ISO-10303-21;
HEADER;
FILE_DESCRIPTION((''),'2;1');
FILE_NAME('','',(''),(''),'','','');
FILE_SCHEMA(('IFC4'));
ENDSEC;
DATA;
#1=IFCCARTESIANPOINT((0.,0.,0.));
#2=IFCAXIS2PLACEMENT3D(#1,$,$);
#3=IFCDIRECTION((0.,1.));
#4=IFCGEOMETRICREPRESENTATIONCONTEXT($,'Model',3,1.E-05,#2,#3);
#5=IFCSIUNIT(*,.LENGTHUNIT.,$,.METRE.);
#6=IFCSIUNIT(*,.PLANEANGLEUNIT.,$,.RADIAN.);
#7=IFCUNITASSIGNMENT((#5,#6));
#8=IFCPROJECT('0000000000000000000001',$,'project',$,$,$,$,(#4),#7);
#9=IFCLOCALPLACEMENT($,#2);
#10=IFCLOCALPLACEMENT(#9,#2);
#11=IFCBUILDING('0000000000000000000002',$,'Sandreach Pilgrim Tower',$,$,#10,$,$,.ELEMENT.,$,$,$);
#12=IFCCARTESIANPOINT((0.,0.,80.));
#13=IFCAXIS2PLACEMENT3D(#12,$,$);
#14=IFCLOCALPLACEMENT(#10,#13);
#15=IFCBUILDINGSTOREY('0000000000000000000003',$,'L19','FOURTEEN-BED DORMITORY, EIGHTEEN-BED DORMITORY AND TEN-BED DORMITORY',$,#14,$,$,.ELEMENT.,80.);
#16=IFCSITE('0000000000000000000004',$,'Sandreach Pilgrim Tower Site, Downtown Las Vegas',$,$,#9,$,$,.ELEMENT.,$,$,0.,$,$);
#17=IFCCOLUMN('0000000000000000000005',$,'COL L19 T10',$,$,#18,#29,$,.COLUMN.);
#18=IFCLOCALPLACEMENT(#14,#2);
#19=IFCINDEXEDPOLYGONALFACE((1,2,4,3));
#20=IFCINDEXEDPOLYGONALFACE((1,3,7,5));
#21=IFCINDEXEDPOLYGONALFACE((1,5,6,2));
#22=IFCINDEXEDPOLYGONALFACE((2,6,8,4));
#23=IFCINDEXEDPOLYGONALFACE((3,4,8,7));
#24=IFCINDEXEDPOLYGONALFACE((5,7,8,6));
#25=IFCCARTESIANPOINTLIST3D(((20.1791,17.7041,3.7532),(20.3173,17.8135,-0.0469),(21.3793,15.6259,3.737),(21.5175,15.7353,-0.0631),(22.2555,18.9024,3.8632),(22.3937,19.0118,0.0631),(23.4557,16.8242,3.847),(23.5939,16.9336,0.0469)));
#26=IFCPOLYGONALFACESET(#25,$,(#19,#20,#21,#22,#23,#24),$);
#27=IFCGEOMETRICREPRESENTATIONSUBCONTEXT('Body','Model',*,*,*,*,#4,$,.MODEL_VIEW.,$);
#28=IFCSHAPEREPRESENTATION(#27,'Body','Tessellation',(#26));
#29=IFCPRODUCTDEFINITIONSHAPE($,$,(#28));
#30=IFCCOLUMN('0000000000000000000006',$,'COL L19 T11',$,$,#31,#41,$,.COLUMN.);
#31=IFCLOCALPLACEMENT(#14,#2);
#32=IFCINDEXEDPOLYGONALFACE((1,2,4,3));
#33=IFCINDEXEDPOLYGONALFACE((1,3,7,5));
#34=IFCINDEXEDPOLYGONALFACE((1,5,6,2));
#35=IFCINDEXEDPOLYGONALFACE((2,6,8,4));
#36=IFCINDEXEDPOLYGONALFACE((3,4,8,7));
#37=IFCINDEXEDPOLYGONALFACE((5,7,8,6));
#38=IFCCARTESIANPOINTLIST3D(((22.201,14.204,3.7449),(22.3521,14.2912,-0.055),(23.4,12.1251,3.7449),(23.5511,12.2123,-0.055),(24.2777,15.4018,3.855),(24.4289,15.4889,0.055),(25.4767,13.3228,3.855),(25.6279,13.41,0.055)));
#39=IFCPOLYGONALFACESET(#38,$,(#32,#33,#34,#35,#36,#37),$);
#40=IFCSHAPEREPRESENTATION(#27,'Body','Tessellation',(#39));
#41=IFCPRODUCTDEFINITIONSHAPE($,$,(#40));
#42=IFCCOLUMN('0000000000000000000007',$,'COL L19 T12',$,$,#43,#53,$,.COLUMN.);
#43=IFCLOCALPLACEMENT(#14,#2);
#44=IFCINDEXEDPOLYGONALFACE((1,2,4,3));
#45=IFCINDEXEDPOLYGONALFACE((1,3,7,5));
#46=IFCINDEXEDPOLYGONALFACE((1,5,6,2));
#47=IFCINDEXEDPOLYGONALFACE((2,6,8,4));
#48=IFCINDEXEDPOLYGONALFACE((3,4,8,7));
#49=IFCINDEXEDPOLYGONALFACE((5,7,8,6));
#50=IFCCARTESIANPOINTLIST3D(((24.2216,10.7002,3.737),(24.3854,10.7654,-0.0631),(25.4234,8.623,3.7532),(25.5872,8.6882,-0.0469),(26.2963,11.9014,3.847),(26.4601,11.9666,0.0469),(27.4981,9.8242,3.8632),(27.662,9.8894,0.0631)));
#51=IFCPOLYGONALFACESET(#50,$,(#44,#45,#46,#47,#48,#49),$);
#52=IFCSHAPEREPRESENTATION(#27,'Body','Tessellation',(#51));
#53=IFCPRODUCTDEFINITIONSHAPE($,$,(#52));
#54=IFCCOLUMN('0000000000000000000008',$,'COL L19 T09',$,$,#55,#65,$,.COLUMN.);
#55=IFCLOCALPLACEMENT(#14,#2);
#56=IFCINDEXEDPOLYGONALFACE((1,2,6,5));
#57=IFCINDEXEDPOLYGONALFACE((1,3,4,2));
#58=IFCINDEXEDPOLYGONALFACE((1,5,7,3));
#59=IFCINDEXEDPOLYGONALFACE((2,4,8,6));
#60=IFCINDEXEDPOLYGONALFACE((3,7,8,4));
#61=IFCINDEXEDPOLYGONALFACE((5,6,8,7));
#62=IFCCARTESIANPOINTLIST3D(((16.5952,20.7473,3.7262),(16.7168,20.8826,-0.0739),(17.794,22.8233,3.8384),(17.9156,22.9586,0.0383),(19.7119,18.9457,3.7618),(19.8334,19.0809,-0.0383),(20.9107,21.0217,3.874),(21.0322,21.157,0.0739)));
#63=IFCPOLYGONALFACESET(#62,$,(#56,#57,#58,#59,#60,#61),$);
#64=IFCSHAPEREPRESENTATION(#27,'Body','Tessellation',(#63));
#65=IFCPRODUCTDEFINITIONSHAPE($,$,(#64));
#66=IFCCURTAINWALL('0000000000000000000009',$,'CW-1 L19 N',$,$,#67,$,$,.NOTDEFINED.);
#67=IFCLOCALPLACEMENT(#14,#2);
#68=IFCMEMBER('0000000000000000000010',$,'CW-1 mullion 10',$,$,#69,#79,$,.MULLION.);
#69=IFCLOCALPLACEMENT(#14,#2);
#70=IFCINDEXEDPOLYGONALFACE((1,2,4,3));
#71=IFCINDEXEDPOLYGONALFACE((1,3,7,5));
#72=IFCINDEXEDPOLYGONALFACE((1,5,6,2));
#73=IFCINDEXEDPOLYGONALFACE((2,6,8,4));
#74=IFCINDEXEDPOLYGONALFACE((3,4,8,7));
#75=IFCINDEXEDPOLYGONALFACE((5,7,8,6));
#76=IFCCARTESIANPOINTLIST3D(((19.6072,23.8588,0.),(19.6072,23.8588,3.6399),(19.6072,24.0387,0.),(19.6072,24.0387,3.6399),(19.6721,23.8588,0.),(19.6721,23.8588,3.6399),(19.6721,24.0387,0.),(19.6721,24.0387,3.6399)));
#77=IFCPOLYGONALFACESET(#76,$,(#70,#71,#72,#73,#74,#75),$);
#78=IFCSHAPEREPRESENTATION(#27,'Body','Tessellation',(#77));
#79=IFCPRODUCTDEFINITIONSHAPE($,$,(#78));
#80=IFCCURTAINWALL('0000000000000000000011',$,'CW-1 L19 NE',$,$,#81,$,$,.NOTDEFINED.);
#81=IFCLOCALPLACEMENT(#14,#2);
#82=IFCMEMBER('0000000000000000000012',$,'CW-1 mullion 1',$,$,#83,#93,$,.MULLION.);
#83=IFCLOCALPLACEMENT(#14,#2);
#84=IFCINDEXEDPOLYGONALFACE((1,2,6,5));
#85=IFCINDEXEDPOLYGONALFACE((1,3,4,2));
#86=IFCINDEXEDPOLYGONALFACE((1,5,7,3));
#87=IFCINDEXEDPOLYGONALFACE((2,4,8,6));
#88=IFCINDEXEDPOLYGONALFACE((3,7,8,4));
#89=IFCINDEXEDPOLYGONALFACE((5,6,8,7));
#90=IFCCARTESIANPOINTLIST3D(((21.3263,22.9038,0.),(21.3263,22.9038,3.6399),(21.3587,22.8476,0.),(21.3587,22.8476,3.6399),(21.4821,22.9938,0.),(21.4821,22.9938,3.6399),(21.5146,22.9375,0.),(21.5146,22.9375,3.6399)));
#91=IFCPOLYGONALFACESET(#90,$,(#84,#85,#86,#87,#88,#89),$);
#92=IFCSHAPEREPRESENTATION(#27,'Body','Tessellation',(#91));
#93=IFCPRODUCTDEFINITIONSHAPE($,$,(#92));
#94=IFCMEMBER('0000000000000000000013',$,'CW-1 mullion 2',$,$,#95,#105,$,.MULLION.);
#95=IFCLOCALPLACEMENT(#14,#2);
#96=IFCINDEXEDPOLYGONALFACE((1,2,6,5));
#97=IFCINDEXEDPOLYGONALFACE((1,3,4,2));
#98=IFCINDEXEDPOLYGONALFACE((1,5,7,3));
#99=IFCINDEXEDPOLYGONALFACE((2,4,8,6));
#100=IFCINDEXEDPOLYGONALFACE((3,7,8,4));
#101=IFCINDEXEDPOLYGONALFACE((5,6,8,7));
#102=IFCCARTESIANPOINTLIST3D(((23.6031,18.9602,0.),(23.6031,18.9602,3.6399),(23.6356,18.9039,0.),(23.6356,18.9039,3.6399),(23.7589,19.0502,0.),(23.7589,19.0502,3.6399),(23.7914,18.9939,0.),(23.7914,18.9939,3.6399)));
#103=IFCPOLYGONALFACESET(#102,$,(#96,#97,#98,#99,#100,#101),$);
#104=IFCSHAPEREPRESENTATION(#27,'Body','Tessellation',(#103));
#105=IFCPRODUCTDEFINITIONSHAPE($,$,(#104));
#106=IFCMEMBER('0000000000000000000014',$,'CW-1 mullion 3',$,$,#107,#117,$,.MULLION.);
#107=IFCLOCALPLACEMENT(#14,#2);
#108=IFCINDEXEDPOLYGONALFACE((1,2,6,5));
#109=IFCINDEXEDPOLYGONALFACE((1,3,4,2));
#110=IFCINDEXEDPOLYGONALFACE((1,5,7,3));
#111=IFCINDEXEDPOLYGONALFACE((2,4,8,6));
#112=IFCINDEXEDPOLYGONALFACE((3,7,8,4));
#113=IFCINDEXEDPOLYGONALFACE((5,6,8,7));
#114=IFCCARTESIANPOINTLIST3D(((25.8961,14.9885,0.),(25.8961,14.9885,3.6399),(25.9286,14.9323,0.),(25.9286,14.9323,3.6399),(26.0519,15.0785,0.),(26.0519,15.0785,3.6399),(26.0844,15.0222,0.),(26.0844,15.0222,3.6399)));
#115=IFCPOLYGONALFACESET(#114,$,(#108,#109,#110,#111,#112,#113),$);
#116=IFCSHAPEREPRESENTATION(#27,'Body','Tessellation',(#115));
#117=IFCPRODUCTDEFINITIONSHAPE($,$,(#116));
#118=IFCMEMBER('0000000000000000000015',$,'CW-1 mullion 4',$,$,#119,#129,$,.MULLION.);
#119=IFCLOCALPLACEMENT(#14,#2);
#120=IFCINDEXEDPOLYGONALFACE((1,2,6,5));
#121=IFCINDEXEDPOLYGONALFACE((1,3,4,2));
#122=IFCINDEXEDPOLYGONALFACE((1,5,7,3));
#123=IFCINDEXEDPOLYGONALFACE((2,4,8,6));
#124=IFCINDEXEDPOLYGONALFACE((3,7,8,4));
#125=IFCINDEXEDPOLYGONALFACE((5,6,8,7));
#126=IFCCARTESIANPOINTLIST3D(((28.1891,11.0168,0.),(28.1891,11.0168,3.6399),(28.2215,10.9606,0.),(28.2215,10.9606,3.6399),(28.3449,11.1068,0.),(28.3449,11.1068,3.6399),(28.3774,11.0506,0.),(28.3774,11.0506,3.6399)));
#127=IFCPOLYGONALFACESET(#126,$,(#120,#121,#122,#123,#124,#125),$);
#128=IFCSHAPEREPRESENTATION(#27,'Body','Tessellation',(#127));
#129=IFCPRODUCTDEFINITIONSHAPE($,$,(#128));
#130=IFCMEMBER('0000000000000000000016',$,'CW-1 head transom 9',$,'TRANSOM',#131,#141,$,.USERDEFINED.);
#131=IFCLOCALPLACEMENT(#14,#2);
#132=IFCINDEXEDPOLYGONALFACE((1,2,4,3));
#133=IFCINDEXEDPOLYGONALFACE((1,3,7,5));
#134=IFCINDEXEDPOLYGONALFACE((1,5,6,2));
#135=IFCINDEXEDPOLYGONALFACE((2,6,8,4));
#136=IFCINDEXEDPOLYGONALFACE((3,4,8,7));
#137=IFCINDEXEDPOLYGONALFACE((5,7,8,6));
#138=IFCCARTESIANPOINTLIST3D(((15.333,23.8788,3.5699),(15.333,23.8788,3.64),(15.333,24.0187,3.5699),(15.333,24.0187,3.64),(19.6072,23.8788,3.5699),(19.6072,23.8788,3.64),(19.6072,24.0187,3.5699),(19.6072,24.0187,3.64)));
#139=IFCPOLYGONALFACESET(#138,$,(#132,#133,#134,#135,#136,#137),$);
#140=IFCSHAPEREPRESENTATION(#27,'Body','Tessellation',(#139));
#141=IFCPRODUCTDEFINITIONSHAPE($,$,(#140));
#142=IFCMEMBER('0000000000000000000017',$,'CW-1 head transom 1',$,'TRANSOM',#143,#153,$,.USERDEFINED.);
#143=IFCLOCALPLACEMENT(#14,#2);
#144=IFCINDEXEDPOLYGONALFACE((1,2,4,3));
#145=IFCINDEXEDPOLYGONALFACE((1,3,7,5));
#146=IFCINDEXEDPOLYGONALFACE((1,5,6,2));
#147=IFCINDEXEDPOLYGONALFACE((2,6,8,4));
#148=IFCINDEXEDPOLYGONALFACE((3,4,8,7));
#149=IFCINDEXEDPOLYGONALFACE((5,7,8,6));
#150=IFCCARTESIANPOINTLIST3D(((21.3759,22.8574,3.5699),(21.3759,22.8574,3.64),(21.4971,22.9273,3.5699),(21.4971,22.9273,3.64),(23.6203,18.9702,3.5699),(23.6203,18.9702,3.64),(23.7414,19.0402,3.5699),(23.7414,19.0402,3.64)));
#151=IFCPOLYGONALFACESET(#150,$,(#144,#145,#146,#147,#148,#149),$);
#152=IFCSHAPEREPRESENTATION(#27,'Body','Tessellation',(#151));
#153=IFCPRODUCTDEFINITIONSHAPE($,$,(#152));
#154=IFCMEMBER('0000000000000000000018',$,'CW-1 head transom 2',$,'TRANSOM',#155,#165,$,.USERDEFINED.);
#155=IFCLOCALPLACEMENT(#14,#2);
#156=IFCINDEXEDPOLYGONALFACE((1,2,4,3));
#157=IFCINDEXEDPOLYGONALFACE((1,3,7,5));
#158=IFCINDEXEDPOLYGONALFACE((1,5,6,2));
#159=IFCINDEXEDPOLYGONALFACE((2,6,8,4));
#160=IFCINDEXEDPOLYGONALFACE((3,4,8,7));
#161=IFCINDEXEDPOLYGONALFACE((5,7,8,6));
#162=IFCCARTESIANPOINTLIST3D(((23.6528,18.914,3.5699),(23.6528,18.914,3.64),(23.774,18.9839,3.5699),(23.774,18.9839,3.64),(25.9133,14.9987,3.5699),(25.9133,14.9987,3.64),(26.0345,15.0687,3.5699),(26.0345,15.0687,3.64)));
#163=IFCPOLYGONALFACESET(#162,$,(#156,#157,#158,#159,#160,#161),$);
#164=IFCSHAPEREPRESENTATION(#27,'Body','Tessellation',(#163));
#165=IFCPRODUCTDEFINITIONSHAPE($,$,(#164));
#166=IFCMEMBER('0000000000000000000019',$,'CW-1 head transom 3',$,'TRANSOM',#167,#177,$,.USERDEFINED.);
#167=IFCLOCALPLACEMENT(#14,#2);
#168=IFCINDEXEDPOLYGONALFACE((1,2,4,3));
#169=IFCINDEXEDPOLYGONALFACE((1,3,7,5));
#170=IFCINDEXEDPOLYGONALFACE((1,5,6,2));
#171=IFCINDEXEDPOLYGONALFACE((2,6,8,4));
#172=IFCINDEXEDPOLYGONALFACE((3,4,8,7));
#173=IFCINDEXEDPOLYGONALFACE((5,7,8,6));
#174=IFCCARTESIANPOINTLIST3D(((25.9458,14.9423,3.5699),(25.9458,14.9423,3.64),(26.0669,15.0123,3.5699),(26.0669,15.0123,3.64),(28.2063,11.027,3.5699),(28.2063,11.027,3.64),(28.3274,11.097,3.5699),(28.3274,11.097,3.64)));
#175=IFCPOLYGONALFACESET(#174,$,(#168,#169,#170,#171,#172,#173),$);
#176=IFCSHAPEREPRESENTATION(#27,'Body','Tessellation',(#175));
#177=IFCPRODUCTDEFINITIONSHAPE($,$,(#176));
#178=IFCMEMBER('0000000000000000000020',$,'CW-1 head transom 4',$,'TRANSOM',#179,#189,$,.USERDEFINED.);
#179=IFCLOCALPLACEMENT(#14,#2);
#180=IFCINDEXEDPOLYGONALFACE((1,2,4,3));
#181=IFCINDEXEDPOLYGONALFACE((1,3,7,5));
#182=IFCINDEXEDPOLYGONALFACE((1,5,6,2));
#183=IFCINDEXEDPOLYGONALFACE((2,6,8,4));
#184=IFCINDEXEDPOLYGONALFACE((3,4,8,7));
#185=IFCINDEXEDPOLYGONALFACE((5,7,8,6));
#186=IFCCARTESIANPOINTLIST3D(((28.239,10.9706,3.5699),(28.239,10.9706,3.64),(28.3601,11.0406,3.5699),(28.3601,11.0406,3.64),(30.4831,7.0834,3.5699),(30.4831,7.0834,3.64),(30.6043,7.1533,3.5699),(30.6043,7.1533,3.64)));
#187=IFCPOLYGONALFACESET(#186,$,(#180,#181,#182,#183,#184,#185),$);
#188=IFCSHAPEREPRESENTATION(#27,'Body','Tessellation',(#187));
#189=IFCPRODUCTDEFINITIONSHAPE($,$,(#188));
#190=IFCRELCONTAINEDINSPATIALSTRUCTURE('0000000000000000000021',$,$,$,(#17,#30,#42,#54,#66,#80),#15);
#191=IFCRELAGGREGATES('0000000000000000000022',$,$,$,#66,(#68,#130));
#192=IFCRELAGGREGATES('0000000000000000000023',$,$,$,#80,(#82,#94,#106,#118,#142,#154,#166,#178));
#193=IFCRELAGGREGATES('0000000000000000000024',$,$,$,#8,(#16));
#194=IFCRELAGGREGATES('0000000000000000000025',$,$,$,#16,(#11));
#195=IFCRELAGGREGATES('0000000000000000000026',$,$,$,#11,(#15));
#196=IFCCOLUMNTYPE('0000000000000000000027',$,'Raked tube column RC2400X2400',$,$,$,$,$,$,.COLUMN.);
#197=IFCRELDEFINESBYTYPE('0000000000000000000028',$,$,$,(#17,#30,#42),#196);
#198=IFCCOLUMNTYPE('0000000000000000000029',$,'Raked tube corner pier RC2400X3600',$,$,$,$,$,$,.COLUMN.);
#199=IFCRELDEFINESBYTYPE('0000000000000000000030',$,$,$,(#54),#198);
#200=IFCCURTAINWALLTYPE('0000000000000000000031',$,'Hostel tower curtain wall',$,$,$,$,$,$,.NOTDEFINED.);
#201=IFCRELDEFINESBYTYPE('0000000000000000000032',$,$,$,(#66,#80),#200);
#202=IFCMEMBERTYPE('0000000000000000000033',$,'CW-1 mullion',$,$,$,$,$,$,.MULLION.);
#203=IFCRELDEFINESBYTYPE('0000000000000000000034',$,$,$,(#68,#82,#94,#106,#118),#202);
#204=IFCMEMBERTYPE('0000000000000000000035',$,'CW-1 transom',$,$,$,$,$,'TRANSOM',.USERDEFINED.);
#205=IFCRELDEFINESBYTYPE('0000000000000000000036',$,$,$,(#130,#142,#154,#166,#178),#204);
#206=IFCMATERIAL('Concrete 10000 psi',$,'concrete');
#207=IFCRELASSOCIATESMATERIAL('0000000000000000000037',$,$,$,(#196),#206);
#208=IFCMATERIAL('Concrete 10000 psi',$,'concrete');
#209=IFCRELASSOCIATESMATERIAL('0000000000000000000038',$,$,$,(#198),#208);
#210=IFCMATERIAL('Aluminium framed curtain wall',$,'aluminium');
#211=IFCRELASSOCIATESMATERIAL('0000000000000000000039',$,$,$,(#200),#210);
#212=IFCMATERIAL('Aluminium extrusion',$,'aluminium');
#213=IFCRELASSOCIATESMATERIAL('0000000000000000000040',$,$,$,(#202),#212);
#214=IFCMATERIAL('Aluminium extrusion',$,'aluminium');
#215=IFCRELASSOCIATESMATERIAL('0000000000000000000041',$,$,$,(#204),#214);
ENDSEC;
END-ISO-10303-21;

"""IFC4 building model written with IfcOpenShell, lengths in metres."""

from ifc_helpers import new_model, si_unit, direction, frame, origin, origin_2d, place, context, subcontext, project, spatial, rectangle, extrude, material, material_profile, profile_set, type_object, element, aggregate, save


model = new_model("IFC4")

# Units and contexts
model_context = context("Model", 3, precision=1e-05, world=origin(), true_north=direction((0.0, 1.0)))
body_context = subcontext(model_context, "Body", "Model", "MODEL_VIEW")
ifc_project = project(units=[si_unit("LENGTHUNIT", "METRE"), si_unit("PLANEANGLEUNIT", "RADIAN")], contexts=[model_context])

# Site, building, storey
site_placement = place(None, origin())
site = spatial("IfcSite", under=ifc_project, at=site_placement, Name="Sandreach Pilgrim Tower Site, Downtown Las Vegas", CompositionType="ELEMENT", RefElevation=0.0)
building_placement = place(site_placement, origin())
building = spatial("IfcBuilding", under=site, at=building_placement, Name="Sandreach Pilgrim Tower", CompositionType="ELEMENT")
storey_placement = place(building_placement, frame((0.0, 0.0, 80.0)))
storey = spatial("IfcBuildingStorey", under=building, at=storey_placement, Name="L19", Description="FOURTEEN-BED DORMITORY, EIGHTEEN-BED DORMITORY AND TEN-BED DORMITORY", CompositionType="ELEMENT", Elevation=80.0)

# Columns
ifc_material_1 = material(Name="Concrete 10000 psi", Category="concrete")
ifc_material_profile_1 = material_profile(ifc_material_1, rectangle(XDim=2.3999, YDim=2.3999, at=origin_2d()), Name="RC2400X2400")
ifc_profile_set_1 = profile_set([ifc_material_profile_1], Name="Concrete 10000 psi")
column_type_1 = type_object("IfcColumnType", Name="Raked tube column RC2400X2400", PredefinedType="COLUMN", material=ifc_profile_set_1)
column_1_placement = place(storey_placement, frame((21.9556, 17.3735, 0.0), z_axis=(-0.036325, -0.028752, 0.998926), x_axis=(0.865203, 0.499322, 0.045834)))
element("IfcColumn", 1, at=column_1_placement, inside=storey, type_object=column_type_1, Name="COL L19 T10", PredefinedType="COLUMN", context=body_context, shape_type="SweptSolid", body=[
    extrude(rectangle(XDim=2.3999, YDim=2.3999, at=origin_2d()), origin(), (0.0, 0.0, 1.0), 3.8042),
])
column_2_placement = place(storey_placement, frame((23.99, 13.8506, 0.0), z_axis=(-0.039727, -0.022912, 0.998948), x_axis=(0.865344, 0.499076, 0.04586)))
element("IfcColumn", 2, at=column_2_placement, inside=storey, type_object=column_type_1, Name="COL L19 T11", PredefinedType="COLUMN", context=body_context, shape_type="SweptSolid", body=[
    extrude(rectangle(XDim=2.3999, YDim=2.3999, at=origin_2d()), origin(), (0.0, 0.0, 1.0), 3.804),
])
column_3_placement = place(storey_placement, frame((26.0237, 10.3274, 0.0), z_axis=(-0.043063, -0.017135, 0.998925), x_axis=(0.864498, 0.500541, 0.045854)))
element("IfcColumn", 3, at=column_3_placement, inside=storey, type_object=column_type_1, Name="COL L19 T12", PredefinedType="COLUMN", context=body_context, shape_type="SweptSolid", body=[
    extrude(rectangle(XDim=2.3999, YDim=2.3999, at=origin_2d()), origin(), (0.0, 0.0, 1.0), 3.8042),
])
ifc_material_2 = material(Name="Concrete 10000 psi", Category="concrete")
ifc_material_profile_2 = material_profile(ifc_material_2, rectangle(XDim=2.3999, YDim=3.6001, at=origin_2d()), Name="RC2400X3600")
ifc_profile_set_2 = profile_set([ifc_material_profile_2], Name="Concrete 10000 psi")
column_type_2 = type_object("IfcColumnType", Name="Raked tube corner pier RC2400X3600", PredefinedType="COLUMN", material=ifc_profile_set_2)
column_4_placement = place(storey_placement, frame((18.8745, 21.0198, 0.0), z_axis=(-0.031958, -0.035552, 0.998857), x_axis=(0.49952, 0.865039, 0.046771)))
element("IfcColumn", 4, at=column_4_placement, inside=storey, type_object=column_type_2, Name="COL L19 T09", PredefinedType="COLUMN", context=body_context, shape_type="SweptSolid", body=[
    extrude(rectangle(XDim=2.3999, YDim=3.6001, at=origin_2d()), origin(), (0.0, 0.0, 1.0), 3.8044),
])

# Curtain wall, member
ifc_material_3 = material(Name="Aluminium framed curtain wall", Category="aluminium")
curtain_wall_type = type_object("IfcCurtainWallType", Name="Hostel tower curtain wall", PredefinedType="NOTDEFINED", material=ifc_material_3)
curtain_wall_1_placement = place(storey_placement, origin())
curtain_wall_1 = element("IfcCurtainWall", 5, at=curtain_wall_1_placement, inside=storey, type_object=curtain_wall_type, Name="CW-1 L19 N", PredefinedType="NOTDEFINED")
ifc_material_4 = material(Name="Aluminium extrusion", Category="aluminium")
ifc_material_profile_3 = material_profile(ifc_material_4, rectangle(XDim=0.0649, YDim=0.1799, at=origin_2d()), Name="CW-1M 65X180")
ifc_profile_set_3 = profile_set([ifc_material_profile_3], Name="Aluminium extrusion")
member_type_1 = type_object("IfcMemberType", Name="CW-1 mullion", PredefinedType="MULLION", material=ifc_profile_set_3)
member_1_placement = place(storey_placement, frame((19.6396, 23.9487, 0.0), z_axis=(0.0, 0.0, 1.0), x_axis=(1.0, 0.0, 0.0)))
member_1 = element("IfcMember", 6, at=member_1_placement, type_object=member_type_1, Name="CW-1 mullion 10", PredefinedType="MULLION", context=body_context, shape_type="SweptSolid", body=[
    extrude(rectangle(XDim=0.0649, YDim=0.1799, at=origin_2d()), origin(), (0.0, 0.0, 1.0), 3.6399),
])

# Curtain wall, members
curtain_wall_2_placement = place(storey_placement, origin())
curtain_wall_2 = element("IfcCurtainWall", 7, at=curtain_wall_2_placement, inside=storey, type_object=curtain_wall_type, Name="CW-1 L19 NE", PredefinedType="NOTDEFINED")
member_2_placement = place(storey_placement, frame((21.4204, 22.9207, 0.0), z_axis=(0.0, 0.0, 1.0), x_axis=(0.5, -0.866025, 0.0)))
member_2 = element("IfcMember", 8, at=member_2_placement, type_object=member_type_1, Name="CW-1 mullion 1", PredefinedType="MULLION", context=body_context, shape_type="SweptSolid", body=[
    extrude(rectangle(XDim=0.0649, YDim=0.1799, at=origin_2d()), origin(), (0.0, 0.0, 1.0), 3.6399),
])
member_3_placement = place(storey_placement, frame((23.6973, 18.9771, 0.0), z_axis=(0.0, 0.0, 1.0), x_axis=(0.5, -0.866025, 0.0)))
member_3 = element("IfcMember", 9, at=member_3_placement, type_object=member_type_1, Name="CW-1 mullion 2", PredefinedType="MULLION", context=body_context, shape_type="SweptSolid", body=[
    extrude(rectangle(XDim=0.0649, YDim=0.1799, at=origin_2d()), origin(), (0.0, 0.0, 1.0), 3.6399),
])
member_4_placement = place(storey_placement, frame((25.9902, 15.0054, 0.0), z_axis=(0.0, 0.0, 1.0), x_axis=(0.5, -0.866025, 0.0)))
member_4 = element("IfcMember", 10, at=member_4_placement, type_object=member_type_1, Name="CW-1 mullion 3", PredefinedType="MULLION", context=body_context, shape_type="SweptSolid", body=[
    extrude(rectangle(XDim=0.0649, YDim=0.1799, at=origin_2d()), origin(), (0.0, 0.0, 1.0), 3.6399),
])
member_5_placement = place(storey_placement, frame((28.2832, 11.0337, 0.0), z_axis=(0.0, 0.0, 1.0), x_axis=(0.5, -0.866025, 0.0)))
member_5 = element("IfcMember", 11, at=member_5_placement, type_object=member_type_1, Name="CW-1 mullion 4", PredefinedType="MULLION", context=body_context, shape_type="SweptSolid", body=[
    extrude(rectangle(XDim=0.0649, YDim=0.1799, at=origin_2d()), origin(), (0.0, 0.0, 1.0), 3.6399),
])

# Members
ifc_material_5 = material(Name="Aluminium extrusion", Category="aluminium")
ifc_material_profile_4 = material_profile(ifc_material_5, rectangle(XDim=0.1399, YDim=0.0701, at=origin_2d()), Name="CW-1T 140X70")
ifc_profile_set_4 = profile_set([ifc_material_profile_4], Name="Aluminium extrusion")
member_type_2 = type_object("IfcMemberType", Name="CW-1 transom", ElementType="TRANSOM", PredefinedType="USERDEFINED", material=ifc_profile_set_4)
member_6_placement = place(storey_placement, frame((15.333, 23.9487, 3.605), z_axis=(1.0, 0.0, 0.0), x_axis=(0.0, 1.0, 0.0)))
member_6 = element("IfcMember", 12, at=member_6_placement, type_object=member_type_2, Name="CW-1 head transom 9", ObjectType="TRANSOM", PredefinedType="USERDEFINED", context=body_context, shape_type="SweptSolid", body=[
    extrude(rectangle(XDim=0.1399, YDim=0.0701, at=origin_2d()), origin(), (0.0, 0.0, 1.0), 4.2742),
])
member_7_placement = place(storey_placement, frame((21.4365, 22.8923, 3.605), z_axis=(0.500018, -0.866015, 0.0), x_axis=(0.866015, 0.500018, 0.0)))
member_7 = element("IfcMember", 13, at=member_7_placement, type_object=member_type_2, Name="CW-1 head transom 1", ObjectType="TRANSOM", PredefinedType="USERDEFINED", context=body_context, shape_type="SweptSolid", body=[
    extrude(rectangle(XDim=0.1399, YDim=0.0701, at=origin_2d()), origin(), (0.0, 0.0, 1.0), 4.4885),
])
member_8_placement = place(storey_placement, frame((23.7134, 18.949, 3.605), z_axis=(0.500001, -0.866025, 0.0), x_axis=(0.866025, 0.500001, 0.0)))
member_8 = element("IfcMember", 14, at=member_8_placement, type_object=member_type_2, Name="CW-1 head transom 2", ObjectType="TRANSOM", PredefinedType="USERDEFINED", context=body_context, shape_type="SweptSolid", body=[
    extrude(rectangle(XDim=0.1399, YDim=0.0701, at=origin_2d()), origin(), (0.0, 0.0, 1.0), 4.521),
])
member_9_placement = place(storey_placement, frame((26.0063, 14.9773, 3.605), z_axis=(0.500001, -0.866025, 0.0), x_axis=(0.866025, 0.500001, 0.0)))
member_9 = element("IfcMember", 15, at=member_9_placement, type_object=member_type_2, Name="CW-1 head transom 3", ObjectType="TRANSOM", PredefinedType="USERDEFINED", context=body_context, shape_type="SweptSolid", body=[
    extrude(rectangle(XDim=0.1399, YDim=0.0701, at=origin_2d()), origin(), (0.0, 0.0, 1.0), 4.521),
])
member_10_placement = place(storey_placement, frame((28.2996, 11.0056, 3.605), z_axis=(0.499977, -0.866039, 0.0), x_axis=(0.866039, 0.499977, 0.0)))
member_10 = element("IfcMember", 16, at=member_10_placement, type_object=member_type_2, Name="CW-1 head transom 4", ObjectType="TRANSOM", PredefinedType="USERDEFINED", context=body_context, shape_type="SweptSolid", body=[
    extrude(rectangle(XDim=0.1399, YDim=0.0701, at=origin_2d()), origin(), (0.0, 0.0, 1.0), 4.4885),
])

aggregate(curtain_wall_1, [member_1, member_6])
aggregate(curtain_wall_2, [member_2, member_3, member_4, member_5, member_7, member_8, member_9, member_10])

save(model, "model.ifc")
